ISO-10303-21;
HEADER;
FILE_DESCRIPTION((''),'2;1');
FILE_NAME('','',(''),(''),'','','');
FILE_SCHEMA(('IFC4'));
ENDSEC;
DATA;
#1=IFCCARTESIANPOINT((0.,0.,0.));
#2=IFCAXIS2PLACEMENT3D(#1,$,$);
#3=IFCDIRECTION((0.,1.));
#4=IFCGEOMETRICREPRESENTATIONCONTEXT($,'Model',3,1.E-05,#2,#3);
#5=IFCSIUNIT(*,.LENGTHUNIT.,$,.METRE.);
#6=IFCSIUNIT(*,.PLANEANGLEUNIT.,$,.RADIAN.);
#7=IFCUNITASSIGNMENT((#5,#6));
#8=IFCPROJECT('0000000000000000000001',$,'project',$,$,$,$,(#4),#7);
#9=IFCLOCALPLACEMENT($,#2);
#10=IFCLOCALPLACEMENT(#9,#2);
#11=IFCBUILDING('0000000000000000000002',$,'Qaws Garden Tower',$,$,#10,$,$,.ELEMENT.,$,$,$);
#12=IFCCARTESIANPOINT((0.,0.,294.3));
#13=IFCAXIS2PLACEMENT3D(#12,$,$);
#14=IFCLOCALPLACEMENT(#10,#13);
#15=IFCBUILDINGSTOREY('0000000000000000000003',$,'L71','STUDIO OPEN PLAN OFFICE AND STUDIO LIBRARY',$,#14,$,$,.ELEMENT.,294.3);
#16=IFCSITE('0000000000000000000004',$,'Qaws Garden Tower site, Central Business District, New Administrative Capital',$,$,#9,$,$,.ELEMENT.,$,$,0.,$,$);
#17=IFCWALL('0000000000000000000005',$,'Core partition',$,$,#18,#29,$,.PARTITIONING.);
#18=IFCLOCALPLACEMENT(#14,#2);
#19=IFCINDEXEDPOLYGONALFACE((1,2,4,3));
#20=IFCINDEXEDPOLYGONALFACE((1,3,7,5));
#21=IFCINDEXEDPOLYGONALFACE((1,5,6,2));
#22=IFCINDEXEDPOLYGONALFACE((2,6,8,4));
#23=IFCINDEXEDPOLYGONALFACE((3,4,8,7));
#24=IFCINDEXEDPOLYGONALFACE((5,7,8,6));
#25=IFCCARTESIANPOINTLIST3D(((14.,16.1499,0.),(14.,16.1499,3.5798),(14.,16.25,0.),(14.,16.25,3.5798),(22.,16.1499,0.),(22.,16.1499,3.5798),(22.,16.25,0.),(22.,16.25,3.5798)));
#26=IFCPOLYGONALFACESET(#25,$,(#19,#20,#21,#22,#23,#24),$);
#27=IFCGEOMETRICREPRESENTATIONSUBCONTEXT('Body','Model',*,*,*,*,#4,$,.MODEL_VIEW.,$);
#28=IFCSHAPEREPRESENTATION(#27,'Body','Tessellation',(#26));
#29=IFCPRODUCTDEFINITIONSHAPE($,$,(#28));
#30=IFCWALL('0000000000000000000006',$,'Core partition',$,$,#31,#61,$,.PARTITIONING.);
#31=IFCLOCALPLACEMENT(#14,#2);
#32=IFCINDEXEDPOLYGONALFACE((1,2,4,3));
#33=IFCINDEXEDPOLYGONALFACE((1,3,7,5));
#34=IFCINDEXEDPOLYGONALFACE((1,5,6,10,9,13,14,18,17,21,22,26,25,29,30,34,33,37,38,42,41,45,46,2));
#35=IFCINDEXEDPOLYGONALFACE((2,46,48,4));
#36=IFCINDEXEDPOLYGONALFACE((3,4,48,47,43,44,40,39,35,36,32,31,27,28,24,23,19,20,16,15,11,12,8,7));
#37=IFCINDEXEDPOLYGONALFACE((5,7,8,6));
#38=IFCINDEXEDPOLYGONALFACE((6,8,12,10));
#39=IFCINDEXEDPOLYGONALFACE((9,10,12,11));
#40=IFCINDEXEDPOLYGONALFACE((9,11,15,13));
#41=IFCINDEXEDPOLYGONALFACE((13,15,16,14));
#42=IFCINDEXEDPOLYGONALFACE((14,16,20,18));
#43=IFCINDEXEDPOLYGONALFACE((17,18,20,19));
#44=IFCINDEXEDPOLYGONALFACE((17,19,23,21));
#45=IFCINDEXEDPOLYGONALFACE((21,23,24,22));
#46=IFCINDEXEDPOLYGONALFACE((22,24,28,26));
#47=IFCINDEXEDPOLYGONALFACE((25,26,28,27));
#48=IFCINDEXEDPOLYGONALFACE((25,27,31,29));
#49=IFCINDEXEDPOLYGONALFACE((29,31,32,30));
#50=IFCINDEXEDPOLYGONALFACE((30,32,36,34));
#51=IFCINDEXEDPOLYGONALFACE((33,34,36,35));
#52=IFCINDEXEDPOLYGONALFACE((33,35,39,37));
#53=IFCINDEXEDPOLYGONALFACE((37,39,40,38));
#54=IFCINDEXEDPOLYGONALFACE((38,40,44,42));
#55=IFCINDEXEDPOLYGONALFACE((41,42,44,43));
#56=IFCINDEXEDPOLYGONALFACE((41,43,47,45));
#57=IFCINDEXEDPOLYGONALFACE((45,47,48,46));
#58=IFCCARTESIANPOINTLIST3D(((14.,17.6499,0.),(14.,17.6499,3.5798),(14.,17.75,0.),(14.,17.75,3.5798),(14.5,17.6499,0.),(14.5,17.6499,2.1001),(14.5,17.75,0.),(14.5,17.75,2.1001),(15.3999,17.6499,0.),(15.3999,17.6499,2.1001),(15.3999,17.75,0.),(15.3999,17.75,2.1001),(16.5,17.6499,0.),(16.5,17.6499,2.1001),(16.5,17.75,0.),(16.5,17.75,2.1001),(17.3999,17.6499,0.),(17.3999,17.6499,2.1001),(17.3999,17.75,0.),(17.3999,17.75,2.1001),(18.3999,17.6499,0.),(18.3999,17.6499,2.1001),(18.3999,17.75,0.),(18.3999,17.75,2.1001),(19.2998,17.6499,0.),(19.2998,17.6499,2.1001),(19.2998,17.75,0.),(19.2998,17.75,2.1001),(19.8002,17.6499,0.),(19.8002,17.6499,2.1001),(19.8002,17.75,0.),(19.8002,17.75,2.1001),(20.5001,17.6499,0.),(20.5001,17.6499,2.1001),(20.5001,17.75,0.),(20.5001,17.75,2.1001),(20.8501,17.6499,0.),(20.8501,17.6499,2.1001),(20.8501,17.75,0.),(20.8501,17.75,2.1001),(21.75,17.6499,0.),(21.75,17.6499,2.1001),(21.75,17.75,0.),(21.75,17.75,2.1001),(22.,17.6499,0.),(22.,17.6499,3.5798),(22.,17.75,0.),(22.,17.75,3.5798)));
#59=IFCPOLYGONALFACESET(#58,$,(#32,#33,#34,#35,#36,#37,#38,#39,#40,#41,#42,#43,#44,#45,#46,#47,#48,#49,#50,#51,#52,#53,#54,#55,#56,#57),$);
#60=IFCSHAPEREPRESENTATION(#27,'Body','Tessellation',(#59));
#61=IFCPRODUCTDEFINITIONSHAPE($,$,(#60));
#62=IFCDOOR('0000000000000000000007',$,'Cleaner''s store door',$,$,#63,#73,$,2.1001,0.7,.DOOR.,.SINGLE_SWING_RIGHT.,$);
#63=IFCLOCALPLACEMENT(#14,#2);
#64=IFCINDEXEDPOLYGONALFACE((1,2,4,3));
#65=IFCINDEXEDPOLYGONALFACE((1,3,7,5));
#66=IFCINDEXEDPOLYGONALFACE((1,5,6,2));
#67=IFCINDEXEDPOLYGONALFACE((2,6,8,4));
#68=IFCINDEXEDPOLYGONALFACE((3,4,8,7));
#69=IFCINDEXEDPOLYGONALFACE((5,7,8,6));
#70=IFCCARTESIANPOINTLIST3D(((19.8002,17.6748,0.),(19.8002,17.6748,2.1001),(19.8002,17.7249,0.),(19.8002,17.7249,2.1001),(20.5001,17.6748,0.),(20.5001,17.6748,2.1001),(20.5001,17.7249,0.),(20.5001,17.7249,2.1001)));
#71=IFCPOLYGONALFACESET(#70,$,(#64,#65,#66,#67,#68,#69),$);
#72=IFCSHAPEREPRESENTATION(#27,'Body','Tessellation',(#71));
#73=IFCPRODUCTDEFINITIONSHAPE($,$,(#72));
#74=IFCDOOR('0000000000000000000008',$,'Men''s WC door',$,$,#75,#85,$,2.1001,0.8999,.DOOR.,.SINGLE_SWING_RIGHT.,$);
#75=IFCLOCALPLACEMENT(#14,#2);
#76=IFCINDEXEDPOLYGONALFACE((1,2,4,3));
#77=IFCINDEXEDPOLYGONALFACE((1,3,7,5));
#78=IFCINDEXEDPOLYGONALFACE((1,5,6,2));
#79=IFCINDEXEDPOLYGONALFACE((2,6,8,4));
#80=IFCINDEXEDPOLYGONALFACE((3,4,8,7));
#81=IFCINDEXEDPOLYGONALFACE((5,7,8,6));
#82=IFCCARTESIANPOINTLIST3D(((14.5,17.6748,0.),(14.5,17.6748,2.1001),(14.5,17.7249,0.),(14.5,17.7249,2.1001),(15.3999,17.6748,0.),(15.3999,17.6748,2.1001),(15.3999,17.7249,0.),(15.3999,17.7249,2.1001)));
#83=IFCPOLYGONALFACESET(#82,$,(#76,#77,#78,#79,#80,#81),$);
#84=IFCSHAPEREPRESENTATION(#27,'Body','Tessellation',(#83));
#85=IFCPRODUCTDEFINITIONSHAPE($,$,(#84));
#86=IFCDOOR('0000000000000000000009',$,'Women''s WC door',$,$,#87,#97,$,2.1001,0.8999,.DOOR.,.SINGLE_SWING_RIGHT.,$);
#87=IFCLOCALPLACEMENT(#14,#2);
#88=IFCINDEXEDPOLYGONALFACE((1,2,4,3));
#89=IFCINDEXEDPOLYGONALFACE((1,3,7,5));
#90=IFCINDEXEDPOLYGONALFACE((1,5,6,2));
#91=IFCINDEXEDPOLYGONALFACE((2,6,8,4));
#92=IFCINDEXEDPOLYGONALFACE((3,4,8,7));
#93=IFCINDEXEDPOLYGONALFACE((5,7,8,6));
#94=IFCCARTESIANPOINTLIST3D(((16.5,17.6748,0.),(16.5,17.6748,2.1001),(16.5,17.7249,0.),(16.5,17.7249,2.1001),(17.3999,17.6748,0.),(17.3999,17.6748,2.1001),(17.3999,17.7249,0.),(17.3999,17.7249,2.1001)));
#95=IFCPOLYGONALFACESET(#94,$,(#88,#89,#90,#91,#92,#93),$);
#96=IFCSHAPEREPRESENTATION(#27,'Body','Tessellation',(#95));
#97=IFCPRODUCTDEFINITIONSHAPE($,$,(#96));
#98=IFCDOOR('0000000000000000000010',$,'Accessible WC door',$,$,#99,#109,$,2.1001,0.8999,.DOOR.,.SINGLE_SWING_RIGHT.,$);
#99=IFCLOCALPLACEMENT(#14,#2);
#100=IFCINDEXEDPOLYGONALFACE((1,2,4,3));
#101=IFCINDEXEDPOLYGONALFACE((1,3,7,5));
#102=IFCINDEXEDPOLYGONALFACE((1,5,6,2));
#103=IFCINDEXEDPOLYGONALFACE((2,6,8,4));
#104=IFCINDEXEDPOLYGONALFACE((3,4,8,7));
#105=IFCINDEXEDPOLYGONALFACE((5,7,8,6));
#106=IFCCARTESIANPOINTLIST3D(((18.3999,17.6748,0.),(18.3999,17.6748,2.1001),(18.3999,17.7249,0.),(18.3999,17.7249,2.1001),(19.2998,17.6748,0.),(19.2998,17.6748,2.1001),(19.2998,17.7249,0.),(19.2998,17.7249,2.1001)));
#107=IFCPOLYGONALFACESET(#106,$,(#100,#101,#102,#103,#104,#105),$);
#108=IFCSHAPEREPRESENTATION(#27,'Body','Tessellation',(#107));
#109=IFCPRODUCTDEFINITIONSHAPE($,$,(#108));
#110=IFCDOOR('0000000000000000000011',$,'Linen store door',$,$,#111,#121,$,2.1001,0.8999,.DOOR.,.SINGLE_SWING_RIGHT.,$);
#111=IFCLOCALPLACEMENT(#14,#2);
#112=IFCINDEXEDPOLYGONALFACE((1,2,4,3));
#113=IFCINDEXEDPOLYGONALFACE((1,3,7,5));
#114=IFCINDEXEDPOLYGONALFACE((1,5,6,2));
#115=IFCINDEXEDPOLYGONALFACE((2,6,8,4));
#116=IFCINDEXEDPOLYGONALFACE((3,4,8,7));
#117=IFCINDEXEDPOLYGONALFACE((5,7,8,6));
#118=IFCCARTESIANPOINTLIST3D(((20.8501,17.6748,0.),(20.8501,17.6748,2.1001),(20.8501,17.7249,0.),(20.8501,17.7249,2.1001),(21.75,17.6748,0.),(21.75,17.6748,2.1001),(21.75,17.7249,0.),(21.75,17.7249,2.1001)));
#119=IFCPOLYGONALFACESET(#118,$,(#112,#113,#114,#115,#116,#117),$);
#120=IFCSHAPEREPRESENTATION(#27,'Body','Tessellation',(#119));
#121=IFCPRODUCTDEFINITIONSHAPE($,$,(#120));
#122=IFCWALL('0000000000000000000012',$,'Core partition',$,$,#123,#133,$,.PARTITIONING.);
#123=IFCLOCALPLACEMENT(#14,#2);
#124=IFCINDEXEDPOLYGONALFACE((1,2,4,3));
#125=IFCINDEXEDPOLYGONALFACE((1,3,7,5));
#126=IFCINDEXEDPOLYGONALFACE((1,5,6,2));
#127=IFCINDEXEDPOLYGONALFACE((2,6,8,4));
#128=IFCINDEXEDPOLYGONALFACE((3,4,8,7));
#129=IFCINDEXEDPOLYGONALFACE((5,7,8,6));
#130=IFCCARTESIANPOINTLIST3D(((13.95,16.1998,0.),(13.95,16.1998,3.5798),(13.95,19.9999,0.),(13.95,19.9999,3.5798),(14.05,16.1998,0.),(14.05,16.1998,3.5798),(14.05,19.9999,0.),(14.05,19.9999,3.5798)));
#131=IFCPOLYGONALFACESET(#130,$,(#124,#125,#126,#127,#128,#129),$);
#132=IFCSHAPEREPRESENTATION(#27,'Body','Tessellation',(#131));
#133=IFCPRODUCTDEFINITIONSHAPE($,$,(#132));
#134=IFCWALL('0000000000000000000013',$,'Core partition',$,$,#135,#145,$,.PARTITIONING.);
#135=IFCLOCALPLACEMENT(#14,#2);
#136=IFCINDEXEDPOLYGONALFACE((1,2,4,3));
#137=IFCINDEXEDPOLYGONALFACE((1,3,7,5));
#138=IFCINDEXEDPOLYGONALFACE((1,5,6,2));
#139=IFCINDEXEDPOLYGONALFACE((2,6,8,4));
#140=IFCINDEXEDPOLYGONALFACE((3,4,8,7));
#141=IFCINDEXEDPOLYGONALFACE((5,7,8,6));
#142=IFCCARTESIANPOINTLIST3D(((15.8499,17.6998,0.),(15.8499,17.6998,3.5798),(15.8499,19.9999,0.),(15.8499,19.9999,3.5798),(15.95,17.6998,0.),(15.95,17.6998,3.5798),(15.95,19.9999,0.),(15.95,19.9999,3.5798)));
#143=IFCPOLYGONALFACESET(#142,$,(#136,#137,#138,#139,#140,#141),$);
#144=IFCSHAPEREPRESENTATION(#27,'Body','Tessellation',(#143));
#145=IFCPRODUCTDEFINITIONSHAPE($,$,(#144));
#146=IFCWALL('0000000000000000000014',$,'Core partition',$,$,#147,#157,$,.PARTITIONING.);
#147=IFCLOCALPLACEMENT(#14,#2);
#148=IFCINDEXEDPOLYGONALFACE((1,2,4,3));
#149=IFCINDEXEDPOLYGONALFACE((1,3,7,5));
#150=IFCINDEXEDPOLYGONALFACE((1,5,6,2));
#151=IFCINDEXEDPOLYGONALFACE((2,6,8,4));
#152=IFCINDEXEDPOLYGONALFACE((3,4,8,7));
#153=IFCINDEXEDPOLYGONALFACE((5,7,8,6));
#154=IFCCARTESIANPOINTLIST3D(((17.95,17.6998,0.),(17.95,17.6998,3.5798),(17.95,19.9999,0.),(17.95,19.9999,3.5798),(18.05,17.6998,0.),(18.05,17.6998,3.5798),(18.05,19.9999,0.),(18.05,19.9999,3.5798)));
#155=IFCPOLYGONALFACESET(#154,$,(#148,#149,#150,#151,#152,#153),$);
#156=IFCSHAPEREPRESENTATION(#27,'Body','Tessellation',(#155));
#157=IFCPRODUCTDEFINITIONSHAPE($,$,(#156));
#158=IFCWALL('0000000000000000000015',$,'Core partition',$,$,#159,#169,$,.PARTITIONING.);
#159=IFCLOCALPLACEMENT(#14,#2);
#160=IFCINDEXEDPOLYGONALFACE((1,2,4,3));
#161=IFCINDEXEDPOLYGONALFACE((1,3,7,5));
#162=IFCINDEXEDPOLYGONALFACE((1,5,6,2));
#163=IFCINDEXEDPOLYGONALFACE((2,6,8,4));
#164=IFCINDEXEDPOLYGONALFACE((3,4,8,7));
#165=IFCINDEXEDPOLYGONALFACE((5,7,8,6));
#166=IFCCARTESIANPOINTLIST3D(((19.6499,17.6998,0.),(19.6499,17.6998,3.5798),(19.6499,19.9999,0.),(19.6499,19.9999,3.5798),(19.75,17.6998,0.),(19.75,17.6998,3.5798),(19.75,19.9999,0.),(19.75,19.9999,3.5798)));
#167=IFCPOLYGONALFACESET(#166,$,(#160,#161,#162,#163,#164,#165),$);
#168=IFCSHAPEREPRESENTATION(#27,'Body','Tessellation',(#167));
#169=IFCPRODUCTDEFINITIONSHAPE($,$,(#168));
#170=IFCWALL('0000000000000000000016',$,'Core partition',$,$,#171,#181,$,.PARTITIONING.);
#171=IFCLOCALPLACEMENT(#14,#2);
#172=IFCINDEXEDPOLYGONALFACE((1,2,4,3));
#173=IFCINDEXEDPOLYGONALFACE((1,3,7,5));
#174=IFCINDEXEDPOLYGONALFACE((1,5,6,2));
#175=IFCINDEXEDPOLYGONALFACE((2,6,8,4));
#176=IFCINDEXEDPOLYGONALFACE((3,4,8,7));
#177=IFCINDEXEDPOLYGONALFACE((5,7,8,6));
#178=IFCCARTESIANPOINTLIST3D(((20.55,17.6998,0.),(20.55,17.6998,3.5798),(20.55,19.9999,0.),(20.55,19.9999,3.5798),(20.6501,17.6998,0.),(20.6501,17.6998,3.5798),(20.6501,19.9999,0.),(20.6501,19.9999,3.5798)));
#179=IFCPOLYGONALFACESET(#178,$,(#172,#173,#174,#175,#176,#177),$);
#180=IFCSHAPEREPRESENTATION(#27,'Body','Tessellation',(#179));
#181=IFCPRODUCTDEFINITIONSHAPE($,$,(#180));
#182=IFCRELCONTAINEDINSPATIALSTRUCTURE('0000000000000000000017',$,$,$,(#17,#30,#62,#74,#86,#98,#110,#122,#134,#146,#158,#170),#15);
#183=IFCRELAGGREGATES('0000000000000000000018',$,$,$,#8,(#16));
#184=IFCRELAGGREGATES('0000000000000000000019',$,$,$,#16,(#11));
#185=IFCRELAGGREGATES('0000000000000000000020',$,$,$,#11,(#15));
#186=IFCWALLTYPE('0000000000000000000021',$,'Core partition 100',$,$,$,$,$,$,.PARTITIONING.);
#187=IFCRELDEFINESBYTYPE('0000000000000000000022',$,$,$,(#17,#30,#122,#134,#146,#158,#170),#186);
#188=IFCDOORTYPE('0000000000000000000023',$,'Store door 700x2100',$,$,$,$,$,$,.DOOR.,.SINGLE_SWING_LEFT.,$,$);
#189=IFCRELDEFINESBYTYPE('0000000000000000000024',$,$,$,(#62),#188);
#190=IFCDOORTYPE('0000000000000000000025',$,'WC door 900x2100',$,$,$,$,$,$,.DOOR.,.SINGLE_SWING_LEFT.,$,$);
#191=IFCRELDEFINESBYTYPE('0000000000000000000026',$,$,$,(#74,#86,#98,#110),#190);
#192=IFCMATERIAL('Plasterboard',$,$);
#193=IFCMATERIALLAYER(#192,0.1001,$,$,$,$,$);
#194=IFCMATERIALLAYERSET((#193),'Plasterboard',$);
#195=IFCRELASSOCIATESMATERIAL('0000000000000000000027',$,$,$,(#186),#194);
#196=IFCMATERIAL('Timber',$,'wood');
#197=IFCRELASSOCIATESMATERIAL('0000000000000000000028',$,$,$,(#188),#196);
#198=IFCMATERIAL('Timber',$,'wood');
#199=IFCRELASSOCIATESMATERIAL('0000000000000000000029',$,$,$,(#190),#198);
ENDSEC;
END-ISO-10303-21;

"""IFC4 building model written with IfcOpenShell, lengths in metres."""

from ifc_helpers import new_model, si_unit, direction, frame, frame_2d, origin, place, context, subcontext, project, spatial, rectangle, extrude, material, layer, layer_set, type_object, element, fill, save


model = new_model("IFC4")

# Units and contexts
model_context = context("Model", 3, precision=1e-05, world=origin(), true_north=direction((0.0, 1.0)))
body_context = subcontext(model_context, "Body", "Model", "MODEL_VIEW")
ifc_project = project(units=[si_unit("LENGTHUNIT", "METRE"), si_unit("PLANEANGLEUNIT", "RADIAN")], contexts=[model_context])

# Site, building, storey
site_placement = place(None, origin())
site = spatial("IfcSite", under=ifc_project, at=site_placement, Name="Qaws Garden Tower site, Central Business District, New Administrative Capital", CompositionType="ELEMENT", RefElevation=0.0)
building_placement = place(site_placement, origin())
building = spatial("IfcBuilding", under=site, at=building_placement, Name="Qaws Garden Tower", CompositionType="ELEMENT")
storey_placement = place(building_placement, frame((0.0, 0.0, 294.3)))
storey = spatial("IfcBuildingStorey", under=building, at=storey_placement, Name="L71", Description="STUDIO OPEN PLAN OFFICE AND STUDIO LIBRARY", CompositionType="ELEMENT", Elevation=294.3)

# Wall
ifc_material_1 = material(Name="Plasterboard")
ifc_layer_1 = layer(ifc_material_1, 0.1001)
ifc_layer_set_1 = layer_set([ifc_layer_1], Name="Plasterboard")
wall_type_1 = type_object("IfcWallType", Name="Core partition 100", PredefinedType="PARTITIONING", material=ifc_layer_set_1)
wall_1_placement = place(storey_placement, frame((14.0, 16.2, 0.0), z_axis=(0.0, 0.0, 1.0), x_axis=(1.0, 0.0, 0.0)))
element("IfcWall", 1, at=wall_1_placement, inside=storey, type_object=wall_type_1, Name="Core partition", PredefinedType="PARTITIONING", context=body_context, shape_type="SweptSolid", body=[
    extrude(rectangle(XDim=8.0, YDim=0.1001, at=frame_2d((4.0, 0.0))), origin(), (0.0, 0.0, 1.0), 3.5798),
])

# Wall, openings, doors
wall_2_placement = place(storey_placement, frame((14.0, 17.7, 0.0), z_axis=(0.0, 0.0, 1.0), x_axis=(1.0, 0.0, 0.0)))
wall_2 = element("IfcWall", 2, at=wall_2_placement, inside=storey, type_object=wall_type_1, Name="Core partition", PredefinedType="PARTITIONING", context=body_context, shape_type="SweptSolid", body=[
    extrude(rectangle(XDim=8.0, YDim=0.1001, at=frame_2d((4.0, 0.0))), origin(), (0.0, 0.0, 1.0), 3.5798),
])
opening_1_placement = place(wall_2_placement, frame((0.5, 0.0, 0.0)))
opening_1 = element("IfcOpeningElement", 3, at=opening_1_placement, cuts=wall_2, PredefinedType="OPENING", context=body_context, shape_type="SweptSolid", body=[
    extrude(rectangle(XDim=0.8999, YDim=2.1001, at=frame_2d((0.45, 1.05))), frame((0.0, 0.0601, 0.0), z_axis=(0.0, -1.0, 0.0), x_axis=(1.0, 0.0, 0.0)), (0.0, 0.0, 1.0), 0.1201),
])
opening_2_placement = place(wall_2_placement, frame((2.5, 0.0, 0.0)))
opening_2 = element("IfcOpeningElement", 4, at=opening_2_placement, cuts=wall_2, PredefinedType="OPENING", context=body_context, shape_type="SweptSolid", body=[
    extrude(rectangle(XDim=0.8999, YDim=2.1001, at=frame_2d((0.45, 1.05))), frame((0.0, 0.0601, 0.0), z_axis=(0.0, -1.0, 0.0), x_axis=(1.0, 0.0, 0.0)), (0.0, 0.0, 1.0), 0.1201),
])
opening_3_placement = place(wall_2_placement, frame((4.3999, 0.0, 0.0)))
opening_3 = element("IfcOpeningElement", 5, at=opening_3_placement, cuts=wall_2, PredefinedType="OPENING", context=body_context, shape_type="SweptSolid", body=[
    extrude(rectangle(XDim=0.8999, YDim=2.1001, at=frame_2d((0.45, 1.05))), frame((0.0, 0.0601, 0.0), z_axis=(0.0, -1.0, 0.0), x_axis=(1.0, 0.0, 0.0)), (0.0, 0.0, 1.0), 0.1201),
])
opening_4_placement = place(wall_2_placement, frame((5.8, 0.0, 0.0)))
opening_4 = element("IfcOpeningElement", 6, at=opening_4_placement, cuts=wall_2, PredefinedType="OPENING", context=body_context, shape_type="SweptSolid", body=[
    extrude(rectangle(XDim=0.7, YDim=2.1001, at=frame_2d((0.3501, 1.05))), frame((0.0, 0.0601, 0.0), z_axis=(0.0, -1.0, 0.0), x_axis=(1.0, 0.0, 0.0)), (0.0, 0.0, 1.0), 0.1201),
])
opening_5_placement = place(wall_2_placement, frame((6.8501, 0.0, 0.0)))
opening_5 = element("IfcOpeningElement", 7, at=opening_5_placement, cuts=wall_2, PredefinedType="OPENING", context=body_context, shape_type="SweptSolid", body=[
    extrude(rectangle(XDim=0.8999, YDim=2.1001, at=frame_2d((0.45, 1.05))), frame((0.0, 0.0601, 0.0), z_axis=(0.0, -1.0, 0.0), x_axis=(1.0, 0.0, 0.0)), (0.0, 0.0, 1.0), 0.1201),
])
ifc_material_2 = material(Name="Timber", Category="wood")
door_type_1 = type_object("IfcDoorType", Name="Store door 700x2100", OperationType="SINGLE_SWING_LEFT", PredefinedType="DOOR", material=ifc_material_2)
door_1_placement = place(opening_4_placement, origin())
door_1 = element("IfcDoor", 8, at=door_1_placement, inside=storey, type_object=door_type_1, Name="Cleaner's store door", OperationType="SINGLE_SWING_RIGHT", OverallHeight=2.1001, OverallWidth=0.7, PredefinedType="DOOR", context=body_context, shape_type="SweptSolid", body=[
    extrude(rectangle(XDim=0.7, YDim=2.1001, at=frame_2d((0.3501, 1.05))), frame((0.0, 0.0249, 0.0), z_axis=(0.0, -1.0, 0.0), x_axis=(1.0, 0.0, 0.0)), (0.0, 0.0, 1.0), 0.05),
])
fill(opening_4, door_1)
ifc_material_3 = material(Name="Timber", Category="wood")
door_type_2 = type_object("IfcDoorType", Name="WC door 900x2100", OperationType="SINGLE_SWING_LEFT", PredefinedType="DOOR", material=ifc_material_3)
door_2_placement = place(opening_1_placement, origin())
door_2 = element("IfcDoor", 9, at=door_2_placement, inside=storey, type_object=door_type_2, Name="Men's WC door", OperationType="SINGLE_SWING_RIGHT", OverallHeight=2.1001, OverallWidth=0.8999, PredefinedType="DOOR", context=body_context, shape_type="SweptSolid", body=[
    extrude(rectangle(XDim=0.8999, YDim=2.1001, at=frame_2d((0.45, 1.05))), frame((0.0, 0.0249, 0.0), z_axis=(0.0, -1.0, 0.0), x_axis=(1.0, 0.0, 0.0)), (0.0, 0.0, 1.0), 0.05),
])
fill(opening_1, door_2)
door_3_placement = place(opening_2_placement, origin())
door_3 = element("IfcDoor", 10, at=door_3_placement, inside=storey, type_object=door_type_2, Name="Women's WC door", OperationType="SINGLE_SWING_RIGHT", OverallHeight=2.1001, OverallWidth=0.8999, PredefinedType="DOOR", context=body_context, shape_type="SweptSolid", body=[
    extrude(rectangle(XDim=0.8999, YDim=2.1001, at=frame_2d((0.45, 1.05))), frame((0.0, 0.0249, 0.0), z_axis=(0.0, -1.0, 0.0), x_axis=(1.0, 0.0, 0.0)), (0.0, 0.0, 1.0), 0.05),
])
fill(opening_2, door_3)
door_4_placement = place(opening_3_placement, origin())
door_4 = element("IfcDoor", 11, at=door_4_placement, inside=storey, type_object=door_type_2, Name="Accessible WC door", OperationType="SINGLE_SWING_RIGHT", OverallHeight=2.1001, OverallWidth=0.8999, PredefinedType="DOOR", context=body_context, shape_type="SweptSolid", body=[
    extrude(rectangle(XDim=0.8999, YDim=2.1001, at=frame_2d((0.45, 1.05))), frame((0.0, 0.0249, 0.0), z_axis=(0.0, -1.0, 0.0), x_axis=(1.0, 0.0, 0.0)), (0.0, 0.0, 1.0), 0.05),
])
fill(opening_3, door_4)
door_5_placement = place(opening_5_placement, origin())
door_5 = element("IfcDoor", 12, at=door_5_placement, inside=storey, type_object=door_type_2, Name="Linen store door", OperationType="SINGLE_SWING_RIGHT", OverallHeight=2.1001, OverallWidth=0.8999, PredefinedType="DOOR", context=body_context, shape_type="SweptSolid", body=[
    extrude(rectangle(XDim=0.8999, YDim=2.1001, at=frame_2d((0.45, 1.05))), frame((0.0, 0.0249, 0.0), z_axis=(0.0, -1.0, 0.0), x_axis=(1.0, 0.0, 0.0)), (0.0, 0.0, 1.0), 0.05),
])
fill(opening_5, door_5)

# Walls
wall_3_placement = place(storey_placement, frame((14.0, 16.2, 0.0), z_axis=(0.0, 0.0, 1.0), x_axis=(0.0, 1.0, 0.0)))
element("IfcWall", 13, at=wall_3_placement, inside=storey, type_object=wall_type_1, Name="Core partition", PredefinedType="PARTITIONING", context=body_context, shape_type="SweptSolid", body=[
    extrude(rectangle(XDim=3.8, YDim=0.1001, at=frame_2d((1.8999, 0.0))), origin(), (0.0, 0.0, 1.0), 3.5798),
])
for number, where, z_axis, x_axis, name in (
    (14, (15.8999, 17.7, 0.0), (0.0, 0.0, 1.0), (0.0, 1.0, 0.0), "Core partition"),
    (15, (18.0, 17.7, 0.0), (0.0, 0.0, 1.0), (0.0, 1.0, 0.0), "Core partition"),
    (16, (19.7, 17.7, 0.0), (0.0, 0.0, 1.0), (0.0, 1.0, 0.0), "Core partition"),
    (17, (20.6001, 17.7, 0.0), (0.0, 0.0, 1.0), (0.0, 1.0, 0.0), "Core partition"),
):
    element("IfcWall", number, at=place(storey_placement, frame(where, z_axis=z_axis, x_axis=x_axis)), inside=storey, type_object=wall_type_1, Name=name, PredefinedType="PARTITIONING", context=body_context, shape_type="SweptSolid", body=[
        extrude(rectangle(XDim=2.3, YDim=0.1001, at=frame_2d((1.1499, 0.0))), origin(), (0.0, 0.0, 1.0), 3.5798),
    ])

save(model, "model.ifc")
